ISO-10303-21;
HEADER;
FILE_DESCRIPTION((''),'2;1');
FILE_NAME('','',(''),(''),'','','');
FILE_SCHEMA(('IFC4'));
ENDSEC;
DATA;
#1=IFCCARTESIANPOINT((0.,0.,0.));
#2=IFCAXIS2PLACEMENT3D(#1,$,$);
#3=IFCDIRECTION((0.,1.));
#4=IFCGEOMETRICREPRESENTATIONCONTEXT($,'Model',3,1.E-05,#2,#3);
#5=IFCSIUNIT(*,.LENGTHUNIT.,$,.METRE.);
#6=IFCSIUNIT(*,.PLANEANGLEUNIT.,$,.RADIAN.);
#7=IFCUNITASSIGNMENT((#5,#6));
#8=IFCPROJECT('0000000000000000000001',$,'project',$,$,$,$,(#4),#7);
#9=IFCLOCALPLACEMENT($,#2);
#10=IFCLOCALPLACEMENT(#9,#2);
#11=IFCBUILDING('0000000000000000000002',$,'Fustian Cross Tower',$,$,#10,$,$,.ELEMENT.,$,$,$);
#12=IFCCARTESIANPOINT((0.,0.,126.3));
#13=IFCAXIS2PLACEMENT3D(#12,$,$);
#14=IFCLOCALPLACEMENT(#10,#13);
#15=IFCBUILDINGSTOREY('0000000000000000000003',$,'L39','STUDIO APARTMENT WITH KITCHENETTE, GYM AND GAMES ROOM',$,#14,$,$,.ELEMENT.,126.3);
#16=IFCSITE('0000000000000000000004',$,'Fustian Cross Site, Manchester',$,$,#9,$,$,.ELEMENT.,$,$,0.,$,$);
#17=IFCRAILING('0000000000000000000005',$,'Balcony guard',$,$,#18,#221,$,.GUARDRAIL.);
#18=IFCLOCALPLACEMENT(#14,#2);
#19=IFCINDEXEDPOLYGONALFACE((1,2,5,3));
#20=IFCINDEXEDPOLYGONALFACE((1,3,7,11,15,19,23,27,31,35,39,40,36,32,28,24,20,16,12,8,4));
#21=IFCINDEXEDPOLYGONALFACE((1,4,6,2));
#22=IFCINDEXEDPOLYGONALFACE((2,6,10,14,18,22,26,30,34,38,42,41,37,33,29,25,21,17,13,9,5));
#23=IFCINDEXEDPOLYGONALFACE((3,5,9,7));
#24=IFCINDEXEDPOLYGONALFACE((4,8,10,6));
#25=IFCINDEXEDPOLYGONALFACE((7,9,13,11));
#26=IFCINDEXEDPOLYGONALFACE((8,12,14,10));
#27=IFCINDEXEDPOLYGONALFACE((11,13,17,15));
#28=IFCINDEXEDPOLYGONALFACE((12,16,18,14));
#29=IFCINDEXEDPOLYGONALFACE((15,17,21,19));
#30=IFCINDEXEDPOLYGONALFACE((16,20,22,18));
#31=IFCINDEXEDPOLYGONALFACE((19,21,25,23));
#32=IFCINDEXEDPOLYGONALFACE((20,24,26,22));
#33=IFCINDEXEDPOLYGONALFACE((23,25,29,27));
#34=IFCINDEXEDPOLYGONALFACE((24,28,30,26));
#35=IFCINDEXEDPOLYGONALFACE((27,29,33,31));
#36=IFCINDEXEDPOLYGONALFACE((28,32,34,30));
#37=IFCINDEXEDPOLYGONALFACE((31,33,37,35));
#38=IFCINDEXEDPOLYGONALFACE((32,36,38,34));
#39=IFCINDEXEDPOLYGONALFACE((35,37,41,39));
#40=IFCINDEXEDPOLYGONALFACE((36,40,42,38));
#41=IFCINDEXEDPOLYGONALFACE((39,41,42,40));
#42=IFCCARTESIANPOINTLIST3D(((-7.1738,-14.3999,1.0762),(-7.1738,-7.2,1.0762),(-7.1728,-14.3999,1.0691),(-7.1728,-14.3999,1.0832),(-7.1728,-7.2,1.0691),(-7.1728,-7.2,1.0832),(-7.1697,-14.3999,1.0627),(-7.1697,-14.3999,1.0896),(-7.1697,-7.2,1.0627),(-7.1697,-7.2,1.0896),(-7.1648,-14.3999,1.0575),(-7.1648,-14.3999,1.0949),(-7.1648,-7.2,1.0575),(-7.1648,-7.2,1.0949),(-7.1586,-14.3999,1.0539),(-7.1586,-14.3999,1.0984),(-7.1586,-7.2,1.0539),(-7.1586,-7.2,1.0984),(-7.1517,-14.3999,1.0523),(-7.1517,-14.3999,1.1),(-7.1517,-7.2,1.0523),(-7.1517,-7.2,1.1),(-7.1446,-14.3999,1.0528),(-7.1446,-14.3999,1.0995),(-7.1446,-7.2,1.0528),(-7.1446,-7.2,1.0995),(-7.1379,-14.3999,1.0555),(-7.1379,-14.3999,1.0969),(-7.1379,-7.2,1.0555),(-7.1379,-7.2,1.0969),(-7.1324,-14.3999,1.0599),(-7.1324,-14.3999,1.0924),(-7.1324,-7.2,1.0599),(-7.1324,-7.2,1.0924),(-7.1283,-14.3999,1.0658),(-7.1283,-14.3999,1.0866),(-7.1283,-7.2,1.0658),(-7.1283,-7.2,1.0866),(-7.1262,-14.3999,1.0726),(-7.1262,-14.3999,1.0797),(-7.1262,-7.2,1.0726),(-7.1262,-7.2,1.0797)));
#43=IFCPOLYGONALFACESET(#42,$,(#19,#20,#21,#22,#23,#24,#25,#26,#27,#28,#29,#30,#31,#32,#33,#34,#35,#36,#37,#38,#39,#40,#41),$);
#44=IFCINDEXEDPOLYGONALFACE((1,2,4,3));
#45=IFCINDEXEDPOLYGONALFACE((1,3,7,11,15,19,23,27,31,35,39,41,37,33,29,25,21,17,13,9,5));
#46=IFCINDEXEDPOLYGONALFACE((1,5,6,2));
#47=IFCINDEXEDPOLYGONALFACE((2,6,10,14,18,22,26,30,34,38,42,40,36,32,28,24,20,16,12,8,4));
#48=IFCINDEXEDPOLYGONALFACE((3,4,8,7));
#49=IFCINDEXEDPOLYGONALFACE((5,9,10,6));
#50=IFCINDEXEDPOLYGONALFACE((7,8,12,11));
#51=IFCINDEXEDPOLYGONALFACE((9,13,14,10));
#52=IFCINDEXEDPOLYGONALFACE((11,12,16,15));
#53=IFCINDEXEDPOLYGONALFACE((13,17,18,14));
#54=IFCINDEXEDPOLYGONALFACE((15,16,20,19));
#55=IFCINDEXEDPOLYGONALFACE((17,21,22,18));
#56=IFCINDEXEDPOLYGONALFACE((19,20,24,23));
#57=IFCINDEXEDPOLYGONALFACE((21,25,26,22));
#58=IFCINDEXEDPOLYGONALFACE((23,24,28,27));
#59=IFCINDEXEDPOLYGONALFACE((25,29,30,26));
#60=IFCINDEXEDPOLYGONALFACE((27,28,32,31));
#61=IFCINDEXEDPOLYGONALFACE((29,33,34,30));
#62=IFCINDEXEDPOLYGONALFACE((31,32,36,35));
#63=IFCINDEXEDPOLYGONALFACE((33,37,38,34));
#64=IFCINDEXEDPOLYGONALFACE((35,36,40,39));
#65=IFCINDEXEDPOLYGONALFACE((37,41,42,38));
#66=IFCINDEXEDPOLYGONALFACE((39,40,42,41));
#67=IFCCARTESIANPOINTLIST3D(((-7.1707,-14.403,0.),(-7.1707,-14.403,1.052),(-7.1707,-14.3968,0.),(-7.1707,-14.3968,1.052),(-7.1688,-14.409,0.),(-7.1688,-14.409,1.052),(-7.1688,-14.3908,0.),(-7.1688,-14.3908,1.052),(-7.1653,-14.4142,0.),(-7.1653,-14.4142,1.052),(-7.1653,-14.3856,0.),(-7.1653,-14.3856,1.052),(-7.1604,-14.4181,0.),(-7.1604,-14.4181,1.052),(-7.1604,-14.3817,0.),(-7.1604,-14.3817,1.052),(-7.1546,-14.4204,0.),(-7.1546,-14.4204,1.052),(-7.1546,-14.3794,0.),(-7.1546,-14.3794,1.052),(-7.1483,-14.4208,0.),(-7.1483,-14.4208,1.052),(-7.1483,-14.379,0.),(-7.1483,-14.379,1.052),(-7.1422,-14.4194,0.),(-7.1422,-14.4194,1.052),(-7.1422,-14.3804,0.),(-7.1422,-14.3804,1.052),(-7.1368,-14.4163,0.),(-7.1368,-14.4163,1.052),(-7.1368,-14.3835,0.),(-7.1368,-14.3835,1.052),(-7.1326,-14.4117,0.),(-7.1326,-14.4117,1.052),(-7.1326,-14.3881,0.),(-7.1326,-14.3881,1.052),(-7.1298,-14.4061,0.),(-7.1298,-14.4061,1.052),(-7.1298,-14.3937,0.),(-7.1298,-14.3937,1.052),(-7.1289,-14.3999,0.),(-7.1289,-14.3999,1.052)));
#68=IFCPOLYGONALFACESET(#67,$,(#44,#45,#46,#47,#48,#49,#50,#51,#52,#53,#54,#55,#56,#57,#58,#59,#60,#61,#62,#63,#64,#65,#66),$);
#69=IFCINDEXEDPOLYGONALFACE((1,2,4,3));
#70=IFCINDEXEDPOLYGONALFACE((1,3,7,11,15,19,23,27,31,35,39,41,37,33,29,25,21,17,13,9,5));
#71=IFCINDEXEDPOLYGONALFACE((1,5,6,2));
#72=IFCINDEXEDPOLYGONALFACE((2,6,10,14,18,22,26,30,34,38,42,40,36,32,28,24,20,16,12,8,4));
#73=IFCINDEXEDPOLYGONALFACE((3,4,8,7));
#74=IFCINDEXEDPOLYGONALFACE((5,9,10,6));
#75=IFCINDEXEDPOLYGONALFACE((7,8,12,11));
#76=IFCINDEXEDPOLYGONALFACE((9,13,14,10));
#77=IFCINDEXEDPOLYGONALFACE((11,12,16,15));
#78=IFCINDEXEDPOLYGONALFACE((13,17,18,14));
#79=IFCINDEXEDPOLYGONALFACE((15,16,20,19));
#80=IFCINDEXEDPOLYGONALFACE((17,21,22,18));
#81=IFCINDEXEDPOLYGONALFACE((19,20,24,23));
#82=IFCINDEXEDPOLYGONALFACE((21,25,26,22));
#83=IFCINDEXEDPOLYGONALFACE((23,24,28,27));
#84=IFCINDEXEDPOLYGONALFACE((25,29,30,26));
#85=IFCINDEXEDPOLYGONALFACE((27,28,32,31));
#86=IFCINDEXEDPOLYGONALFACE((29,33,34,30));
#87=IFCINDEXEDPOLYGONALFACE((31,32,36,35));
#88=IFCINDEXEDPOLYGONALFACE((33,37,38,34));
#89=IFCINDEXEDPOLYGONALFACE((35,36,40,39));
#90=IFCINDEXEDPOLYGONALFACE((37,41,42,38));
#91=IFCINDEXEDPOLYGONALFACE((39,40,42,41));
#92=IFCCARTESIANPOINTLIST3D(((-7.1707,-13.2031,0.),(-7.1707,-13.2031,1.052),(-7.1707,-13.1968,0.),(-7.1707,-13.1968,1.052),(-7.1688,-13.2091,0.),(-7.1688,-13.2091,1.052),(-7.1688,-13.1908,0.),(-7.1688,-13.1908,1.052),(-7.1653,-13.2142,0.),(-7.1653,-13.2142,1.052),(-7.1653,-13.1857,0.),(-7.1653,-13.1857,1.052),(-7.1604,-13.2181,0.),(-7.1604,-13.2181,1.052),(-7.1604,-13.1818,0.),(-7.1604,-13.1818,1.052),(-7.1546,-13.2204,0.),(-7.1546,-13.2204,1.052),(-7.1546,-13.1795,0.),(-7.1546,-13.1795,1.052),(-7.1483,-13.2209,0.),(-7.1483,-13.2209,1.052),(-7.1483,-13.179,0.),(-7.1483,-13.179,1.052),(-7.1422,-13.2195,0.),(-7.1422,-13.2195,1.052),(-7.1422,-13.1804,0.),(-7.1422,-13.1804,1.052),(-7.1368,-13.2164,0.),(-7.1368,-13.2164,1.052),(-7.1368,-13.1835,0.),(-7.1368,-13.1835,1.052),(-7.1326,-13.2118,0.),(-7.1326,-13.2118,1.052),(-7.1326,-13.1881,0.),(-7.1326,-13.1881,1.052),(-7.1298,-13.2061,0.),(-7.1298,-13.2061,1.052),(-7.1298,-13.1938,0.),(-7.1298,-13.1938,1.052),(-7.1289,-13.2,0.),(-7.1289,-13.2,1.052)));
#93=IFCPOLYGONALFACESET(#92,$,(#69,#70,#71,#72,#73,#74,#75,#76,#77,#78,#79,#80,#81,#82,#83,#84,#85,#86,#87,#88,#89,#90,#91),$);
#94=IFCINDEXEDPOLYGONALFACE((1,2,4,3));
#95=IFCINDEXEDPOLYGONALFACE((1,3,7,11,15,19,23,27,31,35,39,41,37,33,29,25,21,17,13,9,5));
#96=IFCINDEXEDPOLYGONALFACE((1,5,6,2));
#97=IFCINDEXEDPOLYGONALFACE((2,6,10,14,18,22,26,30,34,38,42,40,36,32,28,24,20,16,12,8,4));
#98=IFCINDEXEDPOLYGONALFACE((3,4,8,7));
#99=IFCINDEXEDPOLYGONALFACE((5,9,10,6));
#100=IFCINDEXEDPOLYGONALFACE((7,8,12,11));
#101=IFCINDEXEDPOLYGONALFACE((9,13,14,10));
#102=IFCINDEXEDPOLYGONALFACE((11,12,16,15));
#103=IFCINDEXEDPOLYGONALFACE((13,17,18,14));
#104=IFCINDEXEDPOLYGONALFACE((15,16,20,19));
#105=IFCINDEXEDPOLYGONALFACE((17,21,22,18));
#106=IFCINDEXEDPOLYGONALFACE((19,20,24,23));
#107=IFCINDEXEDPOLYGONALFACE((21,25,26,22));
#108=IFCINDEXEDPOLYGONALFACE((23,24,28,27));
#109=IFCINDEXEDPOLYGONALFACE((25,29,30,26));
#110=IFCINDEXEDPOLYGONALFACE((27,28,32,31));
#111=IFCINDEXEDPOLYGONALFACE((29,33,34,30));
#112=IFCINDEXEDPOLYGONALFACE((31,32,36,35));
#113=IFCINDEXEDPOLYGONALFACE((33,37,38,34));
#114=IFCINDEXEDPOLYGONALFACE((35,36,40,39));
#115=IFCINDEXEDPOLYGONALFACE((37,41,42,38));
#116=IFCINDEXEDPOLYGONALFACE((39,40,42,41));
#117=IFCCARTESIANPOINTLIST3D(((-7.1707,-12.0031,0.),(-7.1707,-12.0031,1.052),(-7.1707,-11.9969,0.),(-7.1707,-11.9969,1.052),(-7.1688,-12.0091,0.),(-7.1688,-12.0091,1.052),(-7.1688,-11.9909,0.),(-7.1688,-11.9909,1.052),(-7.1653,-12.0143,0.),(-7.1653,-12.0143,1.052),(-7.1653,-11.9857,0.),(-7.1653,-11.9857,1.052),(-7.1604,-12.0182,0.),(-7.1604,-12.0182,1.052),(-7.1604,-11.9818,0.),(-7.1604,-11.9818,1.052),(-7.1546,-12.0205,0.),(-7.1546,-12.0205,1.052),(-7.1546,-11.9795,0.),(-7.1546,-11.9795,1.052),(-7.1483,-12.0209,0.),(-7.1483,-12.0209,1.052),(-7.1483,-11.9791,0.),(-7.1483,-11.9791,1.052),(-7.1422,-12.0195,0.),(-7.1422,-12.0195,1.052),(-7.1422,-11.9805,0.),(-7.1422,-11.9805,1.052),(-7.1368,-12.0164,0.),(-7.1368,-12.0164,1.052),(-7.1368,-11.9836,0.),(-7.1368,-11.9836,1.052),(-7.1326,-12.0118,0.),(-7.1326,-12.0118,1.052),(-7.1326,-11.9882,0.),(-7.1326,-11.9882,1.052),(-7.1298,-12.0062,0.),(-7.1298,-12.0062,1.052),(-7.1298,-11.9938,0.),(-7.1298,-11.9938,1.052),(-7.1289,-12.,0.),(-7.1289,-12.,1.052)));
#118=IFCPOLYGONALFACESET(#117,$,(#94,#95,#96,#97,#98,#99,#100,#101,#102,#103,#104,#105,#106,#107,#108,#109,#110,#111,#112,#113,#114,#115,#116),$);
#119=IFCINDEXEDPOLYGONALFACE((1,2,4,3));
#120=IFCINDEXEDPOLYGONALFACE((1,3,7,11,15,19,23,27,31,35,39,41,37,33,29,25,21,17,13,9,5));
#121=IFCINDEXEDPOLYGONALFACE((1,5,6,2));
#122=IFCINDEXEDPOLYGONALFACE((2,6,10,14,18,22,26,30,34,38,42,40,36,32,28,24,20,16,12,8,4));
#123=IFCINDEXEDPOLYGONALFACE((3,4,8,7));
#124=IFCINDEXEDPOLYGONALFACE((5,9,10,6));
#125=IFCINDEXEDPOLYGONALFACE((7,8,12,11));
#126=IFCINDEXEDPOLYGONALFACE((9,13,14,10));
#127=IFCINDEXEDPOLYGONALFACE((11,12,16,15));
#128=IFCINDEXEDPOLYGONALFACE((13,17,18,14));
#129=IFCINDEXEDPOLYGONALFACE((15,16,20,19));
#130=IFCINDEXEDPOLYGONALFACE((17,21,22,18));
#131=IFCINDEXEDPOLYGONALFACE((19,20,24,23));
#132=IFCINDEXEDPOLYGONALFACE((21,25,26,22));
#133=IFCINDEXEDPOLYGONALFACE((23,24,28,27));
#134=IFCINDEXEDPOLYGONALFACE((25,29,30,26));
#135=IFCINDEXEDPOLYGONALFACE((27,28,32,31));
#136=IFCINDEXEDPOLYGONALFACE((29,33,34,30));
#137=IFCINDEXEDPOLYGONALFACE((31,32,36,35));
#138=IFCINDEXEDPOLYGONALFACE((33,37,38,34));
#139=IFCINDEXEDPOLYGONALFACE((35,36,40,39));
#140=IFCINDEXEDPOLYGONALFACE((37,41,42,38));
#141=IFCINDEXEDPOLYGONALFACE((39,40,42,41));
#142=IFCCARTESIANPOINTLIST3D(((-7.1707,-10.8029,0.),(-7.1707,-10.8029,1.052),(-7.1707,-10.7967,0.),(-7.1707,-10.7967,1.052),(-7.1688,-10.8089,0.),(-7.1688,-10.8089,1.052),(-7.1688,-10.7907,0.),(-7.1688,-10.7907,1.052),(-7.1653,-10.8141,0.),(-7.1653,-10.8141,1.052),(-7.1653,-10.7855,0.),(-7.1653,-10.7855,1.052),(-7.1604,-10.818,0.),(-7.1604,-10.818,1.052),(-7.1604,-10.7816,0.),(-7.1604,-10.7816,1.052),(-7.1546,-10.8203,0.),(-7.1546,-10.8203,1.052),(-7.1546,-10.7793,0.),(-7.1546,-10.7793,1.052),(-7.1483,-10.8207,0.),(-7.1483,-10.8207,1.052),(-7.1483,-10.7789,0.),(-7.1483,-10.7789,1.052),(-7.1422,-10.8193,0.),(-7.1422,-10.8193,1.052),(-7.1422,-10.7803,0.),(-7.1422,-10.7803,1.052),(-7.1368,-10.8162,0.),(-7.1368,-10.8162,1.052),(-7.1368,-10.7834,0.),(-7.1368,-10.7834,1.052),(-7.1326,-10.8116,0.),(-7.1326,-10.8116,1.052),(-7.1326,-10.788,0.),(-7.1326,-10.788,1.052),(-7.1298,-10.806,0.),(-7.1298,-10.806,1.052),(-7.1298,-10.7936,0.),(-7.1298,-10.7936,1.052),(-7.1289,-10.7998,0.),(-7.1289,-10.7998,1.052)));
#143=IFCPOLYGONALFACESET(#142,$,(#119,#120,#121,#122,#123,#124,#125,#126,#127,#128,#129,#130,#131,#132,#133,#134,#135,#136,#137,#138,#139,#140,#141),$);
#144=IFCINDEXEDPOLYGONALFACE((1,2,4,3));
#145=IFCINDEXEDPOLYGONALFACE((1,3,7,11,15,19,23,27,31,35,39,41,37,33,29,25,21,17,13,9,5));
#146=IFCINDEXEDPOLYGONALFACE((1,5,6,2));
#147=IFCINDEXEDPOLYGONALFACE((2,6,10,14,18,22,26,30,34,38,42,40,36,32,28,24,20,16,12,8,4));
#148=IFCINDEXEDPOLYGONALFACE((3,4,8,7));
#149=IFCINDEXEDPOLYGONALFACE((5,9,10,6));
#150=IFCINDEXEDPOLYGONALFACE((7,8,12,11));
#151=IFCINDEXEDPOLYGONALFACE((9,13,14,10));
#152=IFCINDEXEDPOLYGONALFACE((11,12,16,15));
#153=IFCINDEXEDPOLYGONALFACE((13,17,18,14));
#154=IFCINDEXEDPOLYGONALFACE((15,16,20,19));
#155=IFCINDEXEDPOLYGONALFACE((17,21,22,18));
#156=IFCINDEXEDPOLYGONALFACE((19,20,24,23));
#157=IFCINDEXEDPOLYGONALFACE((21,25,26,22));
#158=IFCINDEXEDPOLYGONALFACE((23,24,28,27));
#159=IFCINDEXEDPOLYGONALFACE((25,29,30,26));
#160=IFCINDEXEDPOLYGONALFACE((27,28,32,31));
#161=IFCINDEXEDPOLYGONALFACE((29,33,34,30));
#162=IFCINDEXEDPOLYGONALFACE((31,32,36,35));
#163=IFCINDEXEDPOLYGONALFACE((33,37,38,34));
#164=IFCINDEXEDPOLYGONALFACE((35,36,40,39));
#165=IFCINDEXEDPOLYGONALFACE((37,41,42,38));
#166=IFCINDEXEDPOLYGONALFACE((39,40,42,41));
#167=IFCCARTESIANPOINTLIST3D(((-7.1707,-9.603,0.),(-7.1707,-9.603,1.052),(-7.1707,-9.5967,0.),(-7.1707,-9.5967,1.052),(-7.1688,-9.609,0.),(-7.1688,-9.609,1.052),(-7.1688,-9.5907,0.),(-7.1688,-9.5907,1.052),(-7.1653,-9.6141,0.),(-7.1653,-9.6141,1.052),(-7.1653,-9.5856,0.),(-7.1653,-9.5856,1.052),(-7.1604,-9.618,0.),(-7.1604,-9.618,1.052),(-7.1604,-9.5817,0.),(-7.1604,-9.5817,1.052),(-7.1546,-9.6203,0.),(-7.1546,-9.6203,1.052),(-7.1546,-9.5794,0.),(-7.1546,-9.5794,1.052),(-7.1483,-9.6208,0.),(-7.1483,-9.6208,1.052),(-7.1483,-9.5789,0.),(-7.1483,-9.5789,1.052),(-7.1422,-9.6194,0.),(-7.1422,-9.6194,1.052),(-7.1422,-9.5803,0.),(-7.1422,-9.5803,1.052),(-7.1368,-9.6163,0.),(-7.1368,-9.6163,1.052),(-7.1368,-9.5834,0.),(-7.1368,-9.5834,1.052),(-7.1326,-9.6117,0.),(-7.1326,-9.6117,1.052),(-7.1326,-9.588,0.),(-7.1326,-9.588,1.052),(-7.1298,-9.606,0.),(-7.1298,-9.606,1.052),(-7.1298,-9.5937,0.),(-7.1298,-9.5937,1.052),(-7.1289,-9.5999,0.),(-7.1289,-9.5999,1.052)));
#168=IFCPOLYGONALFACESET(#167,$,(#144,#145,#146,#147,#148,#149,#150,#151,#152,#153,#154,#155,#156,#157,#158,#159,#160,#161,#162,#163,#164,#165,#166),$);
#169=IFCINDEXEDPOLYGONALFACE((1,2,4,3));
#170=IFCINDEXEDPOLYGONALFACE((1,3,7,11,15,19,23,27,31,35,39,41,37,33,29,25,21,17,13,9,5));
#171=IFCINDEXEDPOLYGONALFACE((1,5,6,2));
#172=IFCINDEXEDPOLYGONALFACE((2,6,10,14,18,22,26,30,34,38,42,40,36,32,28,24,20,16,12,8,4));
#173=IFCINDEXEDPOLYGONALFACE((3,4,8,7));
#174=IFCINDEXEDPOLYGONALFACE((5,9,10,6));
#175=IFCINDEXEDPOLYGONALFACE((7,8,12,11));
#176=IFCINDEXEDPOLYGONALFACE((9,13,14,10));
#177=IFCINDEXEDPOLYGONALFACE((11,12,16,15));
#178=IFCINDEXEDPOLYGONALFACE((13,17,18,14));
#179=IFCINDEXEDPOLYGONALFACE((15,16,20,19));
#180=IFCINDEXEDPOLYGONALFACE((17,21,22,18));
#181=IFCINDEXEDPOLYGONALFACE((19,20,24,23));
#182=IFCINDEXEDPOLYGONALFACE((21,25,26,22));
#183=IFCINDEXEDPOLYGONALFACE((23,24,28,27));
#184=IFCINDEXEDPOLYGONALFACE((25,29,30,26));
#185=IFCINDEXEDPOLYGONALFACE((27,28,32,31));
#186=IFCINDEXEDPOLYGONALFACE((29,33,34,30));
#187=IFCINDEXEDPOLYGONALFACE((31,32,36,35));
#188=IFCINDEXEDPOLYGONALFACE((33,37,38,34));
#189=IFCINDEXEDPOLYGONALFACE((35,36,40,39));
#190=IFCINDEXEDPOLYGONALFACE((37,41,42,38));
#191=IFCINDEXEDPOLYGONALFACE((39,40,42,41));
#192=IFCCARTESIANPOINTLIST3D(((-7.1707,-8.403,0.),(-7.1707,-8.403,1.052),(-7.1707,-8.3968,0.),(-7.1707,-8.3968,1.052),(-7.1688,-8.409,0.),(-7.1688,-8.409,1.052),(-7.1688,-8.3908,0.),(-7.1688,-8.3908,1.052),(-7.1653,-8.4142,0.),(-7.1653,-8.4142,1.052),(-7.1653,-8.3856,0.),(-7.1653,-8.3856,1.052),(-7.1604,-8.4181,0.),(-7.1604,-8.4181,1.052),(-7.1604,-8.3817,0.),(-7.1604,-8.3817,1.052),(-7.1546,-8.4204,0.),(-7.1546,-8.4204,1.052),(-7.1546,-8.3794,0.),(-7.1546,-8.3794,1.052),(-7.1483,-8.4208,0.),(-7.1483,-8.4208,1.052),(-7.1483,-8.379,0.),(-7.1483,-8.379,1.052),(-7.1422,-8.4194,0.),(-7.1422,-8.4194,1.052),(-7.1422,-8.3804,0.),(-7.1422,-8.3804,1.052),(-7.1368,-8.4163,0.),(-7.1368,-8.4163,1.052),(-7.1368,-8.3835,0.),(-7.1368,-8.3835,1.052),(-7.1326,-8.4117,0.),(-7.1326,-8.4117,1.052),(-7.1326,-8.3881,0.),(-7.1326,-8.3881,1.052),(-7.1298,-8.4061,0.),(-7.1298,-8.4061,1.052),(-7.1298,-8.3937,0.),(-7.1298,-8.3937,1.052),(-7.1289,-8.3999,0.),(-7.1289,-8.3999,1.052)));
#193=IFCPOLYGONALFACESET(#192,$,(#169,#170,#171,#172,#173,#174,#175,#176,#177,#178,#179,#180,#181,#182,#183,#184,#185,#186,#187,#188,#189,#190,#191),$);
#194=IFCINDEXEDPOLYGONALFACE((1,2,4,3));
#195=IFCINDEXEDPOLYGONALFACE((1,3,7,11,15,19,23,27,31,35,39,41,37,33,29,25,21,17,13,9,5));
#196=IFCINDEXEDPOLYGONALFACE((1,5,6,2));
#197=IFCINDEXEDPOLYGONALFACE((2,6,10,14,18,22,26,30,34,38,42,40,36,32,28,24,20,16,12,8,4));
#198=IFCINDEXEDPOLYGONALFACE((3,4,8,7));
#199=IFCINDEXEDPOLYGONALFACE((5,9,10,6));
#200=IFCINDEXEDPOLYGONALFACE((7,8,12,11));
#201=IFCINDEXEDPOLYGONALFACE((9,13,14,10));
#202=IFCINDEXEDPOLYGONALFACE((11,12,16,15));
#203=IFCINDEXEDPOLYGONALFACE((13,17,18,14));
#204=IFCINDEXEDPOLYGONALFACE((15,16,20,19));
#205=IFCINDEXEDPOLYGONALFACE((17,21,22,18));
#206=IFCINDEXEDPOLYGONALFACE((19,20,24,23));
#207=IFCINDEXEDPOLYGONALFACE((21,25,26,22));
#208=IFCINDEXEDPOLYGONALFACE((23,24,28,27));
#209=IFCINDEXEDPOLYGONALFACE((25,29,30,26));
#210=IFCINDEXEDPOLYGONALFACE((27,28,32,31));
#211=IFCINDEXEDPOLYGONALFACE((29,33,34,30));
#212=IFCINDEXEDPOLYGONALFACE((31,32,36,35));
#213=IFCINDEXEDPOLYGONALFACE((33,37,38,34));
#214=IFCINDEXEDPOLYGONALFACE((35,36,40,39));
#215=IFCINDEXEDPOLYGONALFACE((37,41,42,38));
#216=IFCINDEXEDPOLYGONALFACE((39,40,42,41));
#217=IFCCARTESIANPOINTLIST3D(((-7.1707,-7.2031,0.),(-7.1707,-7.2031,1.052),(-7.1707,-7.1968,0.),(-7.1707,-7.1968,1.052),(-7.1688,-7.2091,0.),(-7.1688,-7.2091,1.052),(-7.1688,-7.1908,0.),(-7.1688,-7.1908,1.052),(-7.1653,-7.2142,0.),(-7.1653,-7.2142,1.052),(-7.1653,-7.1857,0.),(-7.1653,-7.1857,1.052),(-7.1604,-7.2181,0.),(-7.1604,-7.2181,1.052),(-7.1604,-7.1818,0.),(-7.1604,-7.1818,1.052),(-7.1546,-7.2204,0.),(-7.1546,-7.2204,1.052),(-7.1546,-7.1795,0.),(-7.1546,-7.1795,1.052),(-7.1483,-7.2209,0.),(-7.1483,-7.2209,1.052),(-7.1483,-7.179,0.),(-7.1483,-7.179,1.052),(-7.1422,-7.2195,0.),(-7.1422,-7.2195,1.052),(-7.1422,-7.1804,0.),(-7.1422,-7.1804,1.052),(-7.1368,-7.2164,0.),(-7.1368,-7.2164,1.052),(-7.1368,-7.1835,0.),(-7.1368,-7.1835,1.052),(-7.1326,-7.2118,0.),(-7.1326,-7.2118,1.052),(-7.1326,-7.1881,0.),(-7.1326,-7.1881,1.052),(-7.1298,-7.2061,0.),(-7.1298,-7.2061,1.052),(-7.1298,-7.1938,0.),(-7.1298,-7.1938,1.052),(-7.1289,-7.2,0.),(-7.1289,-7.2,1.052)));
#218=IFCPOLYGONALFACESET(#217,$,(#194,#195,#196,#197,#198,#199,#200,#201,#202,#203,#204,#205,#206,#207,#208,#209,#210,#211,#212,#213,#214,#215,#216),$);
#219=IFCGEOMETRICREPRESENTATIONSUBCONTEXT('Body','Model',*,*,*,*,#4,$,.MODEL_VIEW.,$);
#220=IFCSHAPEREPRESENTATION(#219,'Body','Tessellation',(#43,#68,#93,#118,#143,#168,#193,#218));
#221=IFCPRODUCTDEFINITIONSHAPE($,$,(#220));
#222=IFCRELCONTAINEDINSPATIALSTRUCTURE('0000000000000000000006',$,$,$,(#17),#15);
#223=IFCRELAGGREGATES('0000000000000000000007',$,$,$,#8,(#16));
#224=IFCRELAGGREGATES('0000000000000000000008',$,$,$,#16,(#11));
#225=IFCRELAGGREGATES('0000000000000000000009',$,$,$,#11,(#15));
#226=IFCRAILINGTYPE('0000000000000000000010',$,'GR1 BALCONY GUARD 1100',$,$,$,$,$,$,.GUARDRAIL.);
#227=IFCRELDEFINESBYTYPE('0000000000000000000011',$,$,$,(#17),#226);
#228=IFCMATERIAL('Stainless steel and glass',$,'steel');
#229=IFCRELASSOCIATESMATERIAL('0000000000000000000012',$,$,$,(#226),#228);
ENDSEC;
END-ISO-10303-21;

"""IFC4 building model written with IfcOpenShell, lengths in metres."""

from ifc_helpers import new_model, si_unit, direction, frame, origin, origin_2d, place, context, subcontext, project, spatial, circle, extrude, material, type_object, element, save


model = new_model("IFC4")

# Units and contexts
model_context = context("Model", 3, precision=1e-05, world=origin(), true_north=direction((0.0, 1.0)))
body_context = subcontext(model_context, "Body", "Model", "MODEL_VIEW")
ifc_project = project(units=[si_unit("LENGTHUNIT", "METRE"), si_unit("PLANEANGLEUNIT", "RADIAN")], contexts=[model_context])

# Site, building, storey
site_placement = place(None, origin())
site = spatial("IfcSite", under=ifc_project, at=site_placement, Name="Fustian Cross Site, Manchester", CompositionType="ELEMENT", RefElevation=0.0)
building_placement = place(site_placement, origin())
building = spatial("IfcBuilding", under=site, at=building_placement, Name="Fustian Cross Tower", CompositionType="ELEMENT")
storey_placement = place(building_placement, frame((0.0, 0.0, 126.3)))
storey = spatial("IfcBuildingStorey", under=building, at=storey_placement, Name="L39", Description="STUDIO APARTMENT WITH KITCHENETTE, GYM AND GAMES ROOM", CompositionType="ELEMENT", Elevation=126.3)

# Railing
ifc_material_1 = material(Name="Stainless steel and glass", Category="steel")
railing_type = type_object("IfcRailingType", Name="GR1 BALCONY GUARD 1100", PredefinedType="GUARDRAIL", material=ifc_material_1)
railing_placement = place(storey_placement, frame((-7.1499, -14.3999, 0.0)))
element("IfcRailing", 1, at=railing_placement, inside=storey, type_object=railing_type, Name="Balcony guard", PredefinedType="GUARDRAIL", context=body_context, shape_type="SweptSolid", body=[
    extrude(circle(Radius=0.0239, at=origin_2d()), frame((0.0, 0.0, 1.0762), z_axis=(0.0, 1.0, 0.0), x_axis=(-1.0, 0.0, 0.0)), (0.0, 0.0, 1.0), 7.2),
    extrude(circle(Radius=0.021, at=origin_2d()), origin(), (0.0, 0.0, 1.0), 1.052),
    extrude(circle(Radius=0.021, at=origin_2d()), frame((0.0, 1.2, 0.0)), (0.0, 0.0, 1.0), 1.052),
    extrude(circle(Radius=0.021, at=origin_2d()), frame((0.0, 2.3999, 0.0)), (0.0, 0.0, 1.0), 1.052),
    extrude(circle(Radius=0.021, at=origin_2d()), frame((0.0, 3.6001, 0.0)), (0.0, 0.0, 1.0), 1.052),
    extrude(circle(Radius=0.021, at=origin_2d()), frame((0.0, 4.8, 0.0)), (0.0, 0.0, 1.0), 1.052),
    extrude(circle(Radius=0.021, at=origin_2d()), frame((0.0, 6.0, 0.0)), (0.0, 0.0, 1.0), 1.052),
    extrude(circle(Radius=0.021, at=origin_2d()), frame((0.0, 7.2, 0.0)), (0.0, 0.0, 1.0), 1.052),
])

save(model, "model.ifc")
